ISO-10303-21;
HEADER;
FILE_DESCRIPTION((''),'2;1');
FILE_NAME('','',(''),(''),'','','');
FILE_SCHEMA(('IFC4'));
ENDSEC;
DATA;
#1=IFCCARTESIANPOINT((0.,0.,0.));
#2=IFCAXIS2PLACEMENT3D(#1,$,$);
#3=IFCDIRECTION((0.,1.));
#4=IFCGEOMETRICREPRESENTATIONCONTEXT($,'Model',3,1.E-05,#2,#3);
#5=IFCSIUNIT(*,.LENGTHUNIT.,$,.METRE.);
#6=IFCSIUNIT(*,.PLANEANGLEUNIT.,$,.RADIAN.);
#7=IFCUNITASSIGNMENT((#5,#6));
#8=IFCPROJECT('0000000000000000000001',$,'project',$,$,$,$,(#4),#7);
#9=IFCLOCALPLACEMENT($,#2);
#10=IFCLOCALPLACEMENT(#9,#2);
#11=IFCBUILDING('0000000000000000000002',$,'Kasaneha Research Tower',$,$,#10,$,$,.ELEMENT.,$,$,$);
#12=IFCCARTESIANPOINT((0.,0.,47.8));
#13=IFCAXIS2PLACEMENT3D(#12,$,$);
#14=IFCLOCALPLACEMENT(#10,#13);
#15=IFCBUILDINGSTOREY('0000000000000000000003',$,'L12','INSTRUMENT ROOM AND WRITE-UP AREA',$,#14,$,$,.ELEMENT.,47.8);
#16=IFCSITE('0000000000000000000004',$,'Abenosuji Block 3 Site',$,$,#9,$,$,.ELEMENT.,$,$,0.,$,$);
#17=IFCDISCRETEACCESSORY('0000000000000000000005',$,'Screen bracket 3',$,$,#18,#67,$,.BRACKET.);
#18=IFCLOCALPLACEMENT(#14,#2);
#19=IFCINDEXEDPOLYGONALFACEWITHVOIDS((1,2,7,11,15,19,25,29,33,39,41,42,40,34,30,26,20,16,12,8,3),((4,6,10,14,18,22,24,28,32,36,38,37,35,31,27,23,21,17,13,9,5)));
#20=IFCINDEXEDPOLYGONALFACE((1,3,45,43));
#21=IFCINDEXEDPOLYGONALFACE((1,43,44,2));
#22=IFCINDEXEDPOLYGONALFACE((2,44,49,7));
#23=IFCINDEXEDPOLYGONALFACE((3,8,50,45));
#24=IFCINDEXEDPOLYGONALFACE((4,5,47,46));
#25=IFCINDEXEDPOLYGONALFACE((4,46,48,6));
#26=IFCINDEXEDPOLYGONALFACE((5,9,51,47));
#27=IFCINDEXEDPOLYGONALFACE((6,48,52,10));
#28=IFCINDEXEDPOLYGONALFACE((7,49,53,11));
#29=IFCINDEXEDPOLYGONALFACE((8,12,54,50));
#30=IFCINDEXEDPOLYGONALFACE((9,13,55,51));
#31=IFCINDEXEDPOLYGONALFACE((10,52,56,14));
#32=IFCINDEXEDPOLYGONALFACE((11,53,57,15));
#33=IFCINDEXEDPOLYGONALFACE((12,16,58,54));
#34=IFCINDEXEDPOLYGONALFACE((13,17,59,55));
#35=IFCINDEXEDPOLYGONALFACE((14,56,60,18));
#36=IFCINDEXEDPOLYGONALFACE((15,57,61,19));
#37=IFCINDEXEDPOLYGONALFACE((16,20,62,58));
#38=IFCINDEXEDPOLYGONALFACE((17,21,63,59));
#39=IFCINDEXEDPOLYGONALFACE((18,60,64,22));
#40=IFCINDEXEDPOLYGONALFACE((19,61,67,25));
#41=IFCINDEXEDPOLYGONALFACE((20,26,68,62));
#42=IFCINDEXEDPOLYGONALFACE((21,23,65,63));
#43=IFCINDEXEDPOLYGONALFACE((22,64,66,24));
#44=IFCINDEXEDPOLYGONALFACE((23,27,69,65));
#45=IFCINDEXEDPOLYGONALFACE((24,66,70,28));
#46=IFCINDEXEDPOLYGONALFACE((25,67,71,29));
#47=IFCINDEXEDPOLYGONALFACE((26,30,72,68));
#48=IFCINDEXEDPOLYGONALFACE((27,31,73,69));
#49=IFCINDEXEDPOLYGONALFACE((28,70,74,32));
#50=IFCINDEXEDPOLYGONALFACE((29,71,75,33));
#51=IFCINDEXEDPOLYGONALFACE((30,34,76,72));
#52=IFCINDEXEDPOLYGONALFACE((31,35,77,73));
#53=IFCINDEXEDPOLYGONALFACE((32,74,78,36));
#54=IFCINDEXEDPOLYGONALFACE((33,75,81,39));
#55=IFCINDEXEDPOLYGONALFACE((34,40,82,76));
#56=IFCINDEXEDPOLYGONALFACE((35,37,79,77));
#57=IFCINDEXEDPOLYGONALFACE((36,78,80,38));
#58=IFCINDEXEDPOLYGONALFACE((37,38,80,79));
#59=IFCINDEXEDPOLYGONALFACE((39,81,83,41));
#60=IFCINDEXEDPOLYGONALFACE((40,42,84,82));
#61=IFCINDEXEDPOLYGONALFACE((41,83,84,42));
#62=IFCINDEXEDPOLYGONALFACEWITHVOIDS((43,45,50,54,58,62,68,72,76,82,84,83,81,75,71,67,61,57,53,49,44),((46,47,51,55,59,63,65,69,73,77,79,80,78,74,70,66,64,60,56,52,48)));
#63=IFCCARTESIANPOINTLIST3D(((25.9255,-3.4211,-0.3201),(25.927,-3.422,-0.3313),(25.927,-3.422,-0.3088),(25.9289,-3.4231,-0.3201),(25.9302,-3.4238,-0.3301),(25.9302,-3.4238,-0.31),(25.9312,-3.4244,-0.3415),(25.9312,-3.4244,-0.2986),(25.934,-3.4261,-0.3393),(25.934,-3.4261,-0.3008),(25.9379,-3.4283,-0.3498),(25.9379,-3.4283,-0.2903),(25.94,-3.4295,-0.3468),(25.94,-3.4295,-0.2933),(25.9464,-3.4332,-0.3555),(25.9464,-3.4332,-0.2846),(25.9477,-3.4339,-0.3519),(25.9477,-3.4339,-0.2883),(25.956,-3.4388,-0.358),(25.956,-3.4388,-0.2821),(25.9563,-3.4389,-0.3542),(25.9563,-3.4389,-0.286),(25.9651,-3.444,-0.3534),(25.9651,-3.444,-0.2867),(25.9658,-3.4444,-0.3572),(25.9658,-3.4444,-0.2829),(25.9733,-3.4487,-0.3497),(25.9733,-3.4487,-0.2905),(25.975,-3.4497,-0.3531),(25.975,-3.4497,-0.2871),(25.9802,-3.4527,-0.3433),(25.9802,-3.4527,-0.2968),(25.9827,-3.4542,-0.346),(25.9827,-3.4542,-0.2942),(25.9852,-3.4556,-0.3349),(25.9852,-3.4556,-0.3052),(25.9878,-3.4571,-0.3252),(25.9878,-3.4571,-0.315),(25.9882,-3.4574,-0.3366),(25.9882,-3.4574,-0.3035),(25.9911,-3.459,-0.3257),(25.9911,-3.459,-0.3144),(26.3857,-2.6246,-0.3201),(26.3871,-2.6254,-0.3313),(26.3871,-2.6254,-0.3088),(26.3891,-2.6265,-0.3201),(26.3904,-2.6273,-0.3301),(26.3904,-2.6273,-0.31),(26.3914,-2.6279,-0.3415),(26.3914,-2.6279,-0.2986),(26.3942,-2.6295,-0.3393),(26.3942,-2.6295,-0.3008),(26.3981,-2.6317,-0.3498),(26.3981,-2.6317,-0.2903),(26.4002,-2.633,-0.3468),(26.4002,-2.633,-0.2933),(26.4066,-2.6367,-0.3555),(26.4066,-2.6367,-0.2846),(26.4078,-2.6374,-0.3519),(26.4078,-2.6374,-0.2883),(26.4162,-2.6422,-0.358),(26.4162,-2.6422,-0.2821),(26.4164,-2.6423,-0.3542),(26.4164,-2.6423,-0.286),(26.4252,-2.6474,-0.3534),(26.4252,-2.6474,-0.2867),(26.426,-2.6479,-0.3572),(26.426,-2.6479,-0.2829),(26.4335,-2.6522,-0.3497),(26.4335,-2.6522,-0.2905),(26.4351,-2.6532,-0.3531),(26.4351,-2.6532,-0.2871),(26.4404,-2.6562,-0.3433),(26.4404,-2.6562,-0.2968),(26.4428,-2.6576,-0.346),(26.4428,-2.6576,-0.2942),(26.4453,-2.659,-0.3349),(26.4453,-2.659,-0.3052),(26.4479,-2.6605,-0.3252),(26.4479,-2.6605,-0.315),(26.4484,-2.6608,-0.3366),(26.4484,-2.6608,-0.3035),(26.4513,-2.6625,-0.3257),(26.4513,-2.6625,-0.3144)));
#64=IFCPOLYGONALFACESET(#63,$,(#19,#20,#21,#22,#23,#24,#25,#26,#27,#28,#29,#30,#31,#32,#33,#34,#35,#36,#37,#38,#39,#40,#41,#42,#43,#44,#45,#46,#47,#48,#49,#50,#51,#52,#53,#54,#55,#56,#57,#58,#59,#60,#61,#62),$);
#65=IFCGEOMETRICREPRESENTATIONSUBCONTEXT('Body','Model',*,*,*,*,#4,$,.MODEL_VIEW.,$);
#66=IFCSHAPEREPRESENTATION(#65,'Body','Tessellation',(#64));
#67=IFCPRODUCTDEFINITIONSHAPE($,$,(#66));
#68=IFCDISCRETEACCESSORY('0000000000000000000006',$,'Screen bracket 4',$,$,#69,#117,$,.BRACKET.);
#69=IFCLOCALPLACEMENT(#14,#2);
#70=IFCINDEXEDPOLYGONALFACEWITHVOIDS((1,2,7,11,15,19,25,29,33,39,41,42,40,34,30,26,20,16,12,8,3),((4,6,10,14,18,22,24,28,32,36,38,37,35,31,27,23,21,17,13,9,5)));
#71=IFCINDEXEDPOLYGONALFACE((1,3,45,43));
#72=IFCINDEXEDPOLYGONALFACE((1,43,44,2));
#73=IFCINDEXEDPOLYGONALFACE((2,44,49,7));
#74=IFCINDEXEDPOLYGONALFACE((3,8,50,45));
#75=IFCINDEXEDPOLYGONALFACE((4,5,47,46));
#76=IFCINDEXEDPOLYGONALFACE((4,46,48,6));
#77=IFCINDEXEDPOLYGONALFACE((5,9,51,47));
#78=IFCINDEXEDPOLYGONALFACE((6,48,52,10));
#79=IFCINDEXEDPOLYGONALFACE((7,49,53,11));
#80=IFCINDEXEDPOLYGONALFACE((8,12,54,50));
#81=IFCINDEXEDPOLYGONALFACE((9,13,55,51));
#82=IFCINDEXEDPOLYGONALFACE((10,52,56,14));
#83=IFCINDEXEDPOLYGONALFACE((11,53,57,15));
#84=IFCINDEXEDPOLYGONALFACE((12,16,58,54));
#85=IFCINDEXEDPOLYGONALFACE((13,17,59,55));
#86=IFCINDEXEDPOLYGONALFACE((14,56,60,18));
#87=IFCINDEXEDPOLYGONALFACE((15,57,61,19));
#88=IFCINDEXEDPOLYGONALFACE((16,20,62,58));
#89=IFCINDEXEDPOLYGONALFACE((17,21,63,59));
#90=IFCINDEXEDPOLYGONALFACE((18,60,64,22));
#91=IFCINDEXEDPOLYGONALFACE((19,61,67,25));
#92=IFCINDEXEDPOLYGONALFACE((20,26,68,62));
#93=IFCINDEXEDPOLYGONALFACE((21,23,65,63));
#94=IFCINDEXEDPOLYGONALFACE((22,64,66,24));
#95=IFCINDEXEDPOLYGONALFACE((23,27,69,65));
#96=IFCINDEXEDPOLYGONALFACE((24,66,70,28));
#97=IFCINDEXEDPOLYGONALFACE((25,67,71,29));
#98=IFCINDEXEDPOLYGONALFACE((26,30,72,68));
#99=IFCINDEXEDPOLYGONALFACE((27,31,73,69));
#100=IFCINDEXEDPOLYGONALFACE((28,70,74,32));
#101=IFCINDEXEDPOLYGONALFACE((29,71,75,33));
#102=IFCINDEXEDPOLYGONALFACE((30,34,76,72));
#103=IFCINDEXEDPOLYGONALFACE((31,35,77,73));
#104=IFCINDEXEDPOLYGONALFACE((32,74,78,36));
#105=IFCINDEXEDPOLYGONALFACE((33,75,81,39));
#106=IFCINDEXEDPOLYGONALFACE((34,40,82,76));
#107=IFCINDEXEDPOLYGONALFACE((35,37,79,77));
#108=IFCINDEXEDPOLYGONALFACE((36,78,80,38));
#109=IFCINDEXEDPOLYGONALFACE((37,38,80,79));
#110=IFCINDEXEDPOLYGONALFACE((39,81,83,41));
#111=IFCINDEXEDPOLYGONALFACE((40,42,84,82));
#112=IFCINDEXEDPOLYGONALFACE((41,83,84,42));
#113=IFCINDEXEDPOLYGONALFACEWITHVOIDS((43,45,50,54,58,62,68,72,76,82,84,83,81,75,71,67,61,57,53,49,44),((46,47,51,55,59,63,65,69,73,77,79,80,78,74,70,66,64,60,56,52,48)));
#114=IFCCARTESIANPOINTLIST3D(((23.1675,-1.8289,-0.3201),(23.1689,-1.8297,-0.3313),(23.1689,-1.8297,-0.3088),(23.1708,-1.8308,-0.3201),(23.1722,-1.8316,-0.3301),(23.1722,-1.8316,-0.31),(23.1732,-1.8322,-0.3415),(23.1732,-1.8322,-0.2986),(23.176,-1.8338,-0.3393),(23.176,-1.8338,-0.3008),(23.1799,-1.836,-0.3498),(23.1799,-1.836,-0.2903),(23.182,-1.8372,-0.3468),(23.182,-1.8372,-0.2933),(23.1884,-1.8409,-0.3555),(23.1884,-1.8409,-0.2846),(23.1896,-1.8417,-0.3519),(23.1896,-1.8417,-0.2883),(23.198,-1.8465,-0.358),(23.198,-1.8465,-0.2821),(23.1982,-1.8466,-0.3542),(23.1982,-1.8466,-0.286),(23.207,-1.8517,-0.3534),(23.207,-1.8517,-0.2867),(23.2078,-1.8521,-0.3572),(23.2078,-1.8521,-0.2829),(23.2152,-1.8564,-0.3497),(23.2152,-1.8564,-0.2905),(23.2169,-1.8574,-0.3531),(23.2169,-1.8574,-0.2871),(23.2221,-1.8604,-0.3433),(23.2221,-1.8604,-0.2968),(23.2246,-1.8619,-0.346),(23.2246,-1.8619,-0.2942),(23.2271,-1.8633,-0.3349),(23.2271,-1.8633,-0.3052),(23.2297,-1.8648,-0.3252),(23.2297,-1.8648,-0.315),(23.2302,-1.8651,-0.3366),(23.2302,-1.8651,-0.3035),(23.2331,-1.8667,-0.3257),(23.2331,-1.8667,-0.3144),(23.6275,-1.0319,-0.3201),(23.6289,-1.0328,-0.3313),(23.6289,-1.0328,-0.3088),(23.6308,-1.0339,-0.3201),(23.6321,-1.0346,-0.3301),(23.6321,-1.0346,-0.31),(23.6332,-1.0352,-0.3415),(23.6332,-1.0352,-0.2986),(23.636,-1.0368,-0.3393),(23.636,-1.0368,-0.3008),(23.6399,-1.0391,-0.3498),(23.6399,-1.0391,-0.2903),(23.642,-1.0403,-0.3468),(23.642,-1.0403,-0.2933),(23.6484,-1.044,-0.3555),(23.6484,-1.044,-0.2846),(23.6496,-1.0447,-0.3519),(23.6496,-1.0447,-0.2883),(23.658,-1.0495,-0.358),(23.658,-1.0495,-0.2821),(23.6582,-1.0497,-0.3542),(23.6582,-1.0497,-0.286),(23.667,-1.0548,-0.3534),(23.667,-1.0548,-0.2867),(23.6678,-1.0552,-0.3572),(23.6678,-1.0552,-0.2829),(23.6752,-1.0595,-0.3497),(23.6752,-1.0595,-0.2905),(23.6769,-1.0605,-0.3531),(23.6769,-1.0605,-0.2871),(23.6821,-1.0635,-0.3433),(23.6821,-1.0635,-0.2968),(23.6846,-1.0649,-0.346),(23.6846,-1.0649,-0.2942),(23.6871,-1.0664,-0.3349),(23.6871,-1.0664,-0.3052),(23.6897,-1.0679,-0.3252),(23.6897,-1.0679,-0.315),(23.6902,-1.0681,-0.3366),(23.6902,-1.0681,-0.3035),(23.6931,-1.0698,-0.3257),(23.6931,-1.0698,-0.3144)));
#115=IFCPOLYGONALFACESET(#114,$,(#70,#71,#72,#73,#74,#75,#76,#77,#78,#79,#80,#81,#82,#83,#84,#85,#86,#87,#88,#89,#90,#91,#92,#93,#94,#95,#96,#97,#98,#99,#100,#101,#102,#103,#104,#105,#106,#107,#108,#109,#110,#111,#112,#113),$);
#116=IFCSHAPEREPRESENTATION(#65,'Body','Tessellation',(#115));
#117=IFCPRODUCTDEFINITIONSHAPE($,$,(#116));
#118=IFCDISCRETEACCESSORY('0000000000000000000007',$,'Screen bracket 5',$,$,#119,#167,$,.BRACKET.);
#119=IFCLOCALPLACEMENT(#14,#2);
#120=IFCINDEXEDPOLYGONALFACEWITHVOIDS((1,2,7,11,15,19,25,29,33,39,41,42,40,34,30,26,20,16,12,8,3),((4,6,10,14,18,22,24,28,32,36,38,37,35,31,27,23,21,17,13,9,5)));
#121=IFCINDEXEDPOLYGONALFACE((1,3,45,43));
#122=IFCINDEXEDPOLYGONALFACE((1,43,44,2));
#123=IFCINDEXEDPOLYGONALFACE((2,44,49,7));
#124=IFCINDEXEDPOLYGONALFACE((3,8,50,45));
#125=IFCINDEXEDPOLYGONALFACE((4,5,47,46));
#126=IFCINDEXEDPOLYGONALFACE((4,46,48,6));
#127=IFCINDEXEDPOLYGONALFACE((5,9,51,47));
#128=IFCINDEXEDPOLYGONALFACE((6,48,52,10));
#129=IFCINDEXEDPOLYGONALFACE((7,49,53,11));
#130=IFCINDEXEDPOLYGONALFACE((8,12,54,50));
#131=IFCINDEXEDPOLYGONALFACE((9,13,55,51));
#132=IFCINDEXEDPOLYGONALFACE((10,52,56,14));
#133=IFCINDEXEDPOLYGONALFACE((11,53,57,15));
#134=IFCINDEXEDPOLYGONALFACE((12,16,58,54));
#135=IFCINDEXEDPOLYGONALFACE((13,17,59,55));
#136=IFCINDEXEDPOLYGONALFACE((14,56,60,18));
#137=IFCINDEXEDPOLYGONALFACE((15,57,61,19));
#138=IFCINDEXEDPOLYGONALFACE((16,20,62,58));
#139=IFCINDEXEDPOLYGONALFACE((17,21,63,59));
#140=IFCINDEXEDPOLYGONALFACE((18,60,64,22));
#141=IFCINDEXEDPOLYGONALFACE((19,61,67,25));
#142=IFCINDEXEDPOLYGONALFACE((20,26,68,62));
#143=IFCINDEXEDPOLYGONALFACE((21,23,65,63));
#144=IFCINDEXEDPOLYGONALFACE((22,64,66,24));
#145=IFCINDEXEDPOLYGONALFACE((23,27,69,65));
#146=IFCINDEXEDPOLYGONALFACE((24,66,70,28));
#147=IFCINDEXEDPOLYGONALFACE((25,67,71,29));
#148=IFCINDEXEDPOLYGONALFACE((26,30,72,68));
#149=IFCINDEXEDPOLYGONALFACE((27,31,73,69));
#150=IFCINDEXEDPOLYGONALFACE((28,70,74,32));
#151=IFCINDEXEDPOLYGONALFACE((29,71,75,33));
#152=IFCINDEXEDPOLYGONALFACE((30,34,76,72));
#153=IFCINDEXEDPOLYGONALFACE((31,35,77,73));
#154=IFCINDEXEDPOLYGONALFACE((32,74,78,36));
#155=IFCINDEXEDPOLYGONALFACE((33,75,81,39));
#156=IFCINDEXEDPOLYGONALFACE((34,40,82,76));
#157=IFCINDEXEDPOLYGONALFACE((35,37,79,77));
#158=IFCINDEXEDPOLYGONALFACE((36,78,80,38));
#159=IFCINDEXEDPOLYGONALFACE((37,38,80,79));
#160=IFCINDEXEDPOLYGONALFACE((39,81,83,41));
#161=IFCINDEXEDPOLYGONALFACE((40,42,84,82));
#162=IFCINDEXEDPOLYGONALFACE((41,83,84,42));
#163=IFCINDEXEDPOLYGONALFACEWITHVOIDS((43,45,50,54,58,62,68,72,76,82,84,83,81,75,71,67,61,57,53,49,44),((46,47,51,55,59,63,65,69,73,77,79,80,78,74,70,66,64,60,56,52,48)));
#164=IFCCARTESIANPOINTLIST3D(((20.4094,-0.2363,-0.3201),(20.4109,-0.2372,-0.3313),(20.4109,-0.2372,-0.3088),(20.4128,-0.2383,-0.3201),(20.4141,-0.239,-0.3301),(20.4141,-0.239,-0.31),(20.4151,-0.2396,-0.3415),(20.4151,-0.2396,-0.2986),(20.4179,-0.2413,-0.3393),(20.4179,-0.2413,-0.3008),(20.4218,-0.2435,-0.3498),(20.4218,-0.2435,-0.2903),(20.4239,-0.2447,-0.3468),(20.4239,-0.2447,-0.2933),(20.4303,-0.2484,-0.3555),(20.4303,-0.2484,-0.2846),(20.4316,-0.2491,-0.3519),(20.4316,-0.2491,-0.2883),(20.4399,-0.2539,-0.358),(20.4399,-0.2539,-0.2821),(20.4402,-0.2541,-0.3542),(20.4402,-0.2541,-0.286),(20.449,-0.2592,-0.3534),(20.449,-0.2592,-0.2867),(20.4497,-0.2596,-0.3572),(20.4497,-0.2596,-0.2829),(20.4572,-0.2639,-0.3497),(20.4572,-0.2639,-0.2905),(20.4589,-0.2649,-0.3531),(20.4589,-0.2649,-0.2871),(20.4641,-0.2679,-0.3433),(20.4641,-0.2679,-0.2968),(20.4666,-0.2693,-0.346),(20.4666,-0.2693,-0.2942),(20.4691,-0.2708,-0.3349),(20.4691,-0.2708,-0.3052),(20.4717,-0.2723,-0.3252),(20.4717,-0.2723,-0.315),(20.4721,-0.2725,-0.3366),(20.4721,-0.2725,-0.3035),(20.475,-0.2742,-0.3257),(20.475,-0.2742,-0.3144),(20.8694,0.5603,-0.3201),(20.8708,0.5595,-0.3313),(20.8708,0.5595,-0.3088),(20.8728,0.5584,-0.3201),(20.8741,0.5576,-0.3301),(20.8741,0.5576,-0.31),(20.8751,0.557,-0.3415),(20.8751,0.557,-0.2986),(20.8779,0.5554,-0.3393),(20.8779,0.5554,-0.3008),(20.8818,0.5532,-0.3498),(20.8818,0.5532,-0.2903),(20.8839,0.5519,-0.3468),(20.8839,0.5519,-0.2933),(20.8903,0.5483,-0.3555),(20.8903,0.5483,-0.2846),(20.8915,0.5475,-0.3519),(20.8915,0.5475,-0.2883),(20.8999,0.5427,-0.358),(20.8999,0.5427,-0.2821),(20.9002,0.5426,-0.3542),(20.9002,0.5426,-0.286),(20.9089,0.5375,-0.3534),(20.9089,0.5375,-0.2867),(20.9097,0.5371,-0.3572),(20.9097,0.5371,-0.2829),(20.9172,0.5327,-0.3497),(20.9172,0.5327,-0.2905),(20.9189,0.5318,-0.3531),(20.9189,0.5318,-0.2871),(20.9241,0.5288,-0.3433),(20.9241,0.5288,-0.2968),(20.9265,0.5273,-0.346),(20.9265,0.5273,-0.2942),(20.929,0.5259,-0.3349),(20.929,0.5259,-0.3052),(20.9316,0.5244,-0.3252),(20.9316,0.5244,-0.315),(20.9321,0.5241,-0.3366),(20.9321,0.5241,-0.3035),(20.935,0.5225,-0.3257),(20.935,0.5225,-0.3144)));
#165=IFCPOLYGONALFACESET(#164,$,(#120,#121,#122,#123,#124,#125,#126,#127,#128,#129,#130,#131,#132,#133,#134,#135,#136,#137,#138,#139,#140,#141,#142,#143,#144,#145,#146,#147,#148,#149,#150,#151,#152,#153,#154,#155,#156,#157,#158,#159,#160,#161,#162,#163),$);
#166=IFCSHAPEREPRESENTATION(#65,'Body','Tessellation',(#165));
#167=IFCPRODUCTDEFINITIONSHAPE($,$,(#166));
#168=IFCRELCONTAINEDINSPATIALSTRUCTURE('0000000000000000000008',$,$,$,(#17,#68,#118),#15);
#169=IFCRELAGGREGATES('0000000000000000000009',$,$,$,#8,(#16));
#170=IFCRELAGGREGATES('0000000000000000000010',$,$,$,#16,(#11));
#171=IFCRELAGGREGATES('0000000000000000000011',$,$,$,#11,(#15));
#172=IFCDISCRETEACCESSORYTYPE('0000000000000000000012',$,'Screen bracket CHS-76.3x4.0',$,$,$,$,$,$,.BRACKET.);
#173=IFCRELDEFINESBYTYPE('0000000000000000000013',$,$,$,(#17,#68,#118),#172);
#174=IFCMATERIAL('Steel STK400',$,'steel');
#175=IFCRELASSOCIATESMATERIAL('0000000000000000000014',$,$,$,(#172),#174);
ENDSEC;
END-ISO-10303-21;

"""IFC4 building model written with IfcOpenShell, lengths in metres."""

from ifc_helpers import new_model, si_unit, direction, frame, origin, origin_2d, place, context, subcontext, project, spatial, hollow_circle, extrude, material, material_profile, profile_set, type_object, element, save


model = new_model("IFC4")

# Units and contexts
model_context = context("Model", 3, precision=1e-05, world=origin(), true_north=direction((0.0, 1.0)))
body_context = subcontext(model_context, "Body", "Model", "MODEL_VIEW")
ifc_project = project(units=[si_unit("LENGTHUNIT", "METRE"), si_unit("PLANEANGLEUNIT", "RADIAN")], contexts=[model_context])

# Site, building, storey
site_placement = place(None, origin())
site = spatial("IfcSite", under=ifc_project, at=site_placement, Name="Abenosuji Block 3 Site", CompositionType="ELEMENT", RefElevation=0.0)
building_placement = place(site_placement, origin())
building = spatial("IfcBuilding", under=site, at=building_placement, Name="Kasaneha Research Tower", CompositionType="ELEMENT")
storey_placement = place(building_placement, frame((0.0, 0.0, 47.8)))
storey = spatial("IfcBuildingStorey", under=building, at=storey_placement, Name="L12", Description="INSTRUMENT ROOM AND WRITE-UP AREA", CompositionType="ELEMENT", Elevation=47.8)

# Discrete accessories
ifc_material_1 = material(Name="Steel STK400", Category="steel")
ifc_material_profile_1 = material_profile(ifc_material_1, hollow_circle(Radius=0.0381, WallThickness=0.0039, at=origin_2d()), Name="CHS-76.3x4.0")
ifc_profile_set_1 = profile_set([ifc_material_profile_1], Name="Steel STK400")
discrete_accessory_type = type_object("IfcDiscreteAccessoryType", Name="Screen bracket CHS-76.3x4.0", PredefinedType="BRACKET", material=ifc_profile_set_1)
discrete_accessory_1_placement = place(storey_placement, frame((25.9585, -3.4402, -0.3201), z_axis=(0.50022, 0.865898, 0.0), x_axis=(-0.865898, 0.50022, 0.0)))
element("IfcDiscreteAccessory", 1, at=discrete_accessory_1_placement, inside=storey, type_object=discrete_accessory_type, Name="Screen bracket 3", PredefinedType="BRACKET", context=body_context, shape_type="SweptSolid", body=[
    extrude(hollow_circle(Radius=0.0381, WallThickness=0.0039, at=origin_2d()), origin(), (0.0, 0.0, 1.0), 0.9199),
])
discrete_accessory_2_placement = place(storey_placement, frame((23.2004, -1.8479, -0.3201), z_axis=(0.499906, 0.86608, 0.0), x_axis=(-0.86608, 0.499906, 0.0)))
element("IfcDiscreteAccessory", 2, at=discrete_accessory_2_placement, inside=storey, type_object=discrete_accessory_type, Name="Screen bracket 4", PredefinedType="BRACKET", context=body_context, shape_type="SweptSolid", body=[
    extrude(hollow_circle(Radius=0.0381, WallThickness=0.0039, at=origin_2d()), origin(), (0.0, 0.0, 1.0), 0.9202),
])
discrete_accessory_3_placement = place(storey_placement, frame((20.4424, -0.2554, -0.3201), z_axis=(0.500021, 0.866013, 0.0), x_axis=(-0.866013, 0.500021, 0.0)))
element("IfcDiscreteAccessory", 3, at=discrete_accessory_3_placement, inside=storey, type_object=discrete_accessory_type, Name="Screen bracket 5", PredefinedType="BRACKET", context=body_context, shape_type="SweptSolid", body=[
    extrude(hollow_circle(Radius=0.0381, WallThickness=0.0039, at=origin_2d()), origin(), (0.0, 0.0, 1.0), 0.9199),
])

save(model, "model.ifc")
